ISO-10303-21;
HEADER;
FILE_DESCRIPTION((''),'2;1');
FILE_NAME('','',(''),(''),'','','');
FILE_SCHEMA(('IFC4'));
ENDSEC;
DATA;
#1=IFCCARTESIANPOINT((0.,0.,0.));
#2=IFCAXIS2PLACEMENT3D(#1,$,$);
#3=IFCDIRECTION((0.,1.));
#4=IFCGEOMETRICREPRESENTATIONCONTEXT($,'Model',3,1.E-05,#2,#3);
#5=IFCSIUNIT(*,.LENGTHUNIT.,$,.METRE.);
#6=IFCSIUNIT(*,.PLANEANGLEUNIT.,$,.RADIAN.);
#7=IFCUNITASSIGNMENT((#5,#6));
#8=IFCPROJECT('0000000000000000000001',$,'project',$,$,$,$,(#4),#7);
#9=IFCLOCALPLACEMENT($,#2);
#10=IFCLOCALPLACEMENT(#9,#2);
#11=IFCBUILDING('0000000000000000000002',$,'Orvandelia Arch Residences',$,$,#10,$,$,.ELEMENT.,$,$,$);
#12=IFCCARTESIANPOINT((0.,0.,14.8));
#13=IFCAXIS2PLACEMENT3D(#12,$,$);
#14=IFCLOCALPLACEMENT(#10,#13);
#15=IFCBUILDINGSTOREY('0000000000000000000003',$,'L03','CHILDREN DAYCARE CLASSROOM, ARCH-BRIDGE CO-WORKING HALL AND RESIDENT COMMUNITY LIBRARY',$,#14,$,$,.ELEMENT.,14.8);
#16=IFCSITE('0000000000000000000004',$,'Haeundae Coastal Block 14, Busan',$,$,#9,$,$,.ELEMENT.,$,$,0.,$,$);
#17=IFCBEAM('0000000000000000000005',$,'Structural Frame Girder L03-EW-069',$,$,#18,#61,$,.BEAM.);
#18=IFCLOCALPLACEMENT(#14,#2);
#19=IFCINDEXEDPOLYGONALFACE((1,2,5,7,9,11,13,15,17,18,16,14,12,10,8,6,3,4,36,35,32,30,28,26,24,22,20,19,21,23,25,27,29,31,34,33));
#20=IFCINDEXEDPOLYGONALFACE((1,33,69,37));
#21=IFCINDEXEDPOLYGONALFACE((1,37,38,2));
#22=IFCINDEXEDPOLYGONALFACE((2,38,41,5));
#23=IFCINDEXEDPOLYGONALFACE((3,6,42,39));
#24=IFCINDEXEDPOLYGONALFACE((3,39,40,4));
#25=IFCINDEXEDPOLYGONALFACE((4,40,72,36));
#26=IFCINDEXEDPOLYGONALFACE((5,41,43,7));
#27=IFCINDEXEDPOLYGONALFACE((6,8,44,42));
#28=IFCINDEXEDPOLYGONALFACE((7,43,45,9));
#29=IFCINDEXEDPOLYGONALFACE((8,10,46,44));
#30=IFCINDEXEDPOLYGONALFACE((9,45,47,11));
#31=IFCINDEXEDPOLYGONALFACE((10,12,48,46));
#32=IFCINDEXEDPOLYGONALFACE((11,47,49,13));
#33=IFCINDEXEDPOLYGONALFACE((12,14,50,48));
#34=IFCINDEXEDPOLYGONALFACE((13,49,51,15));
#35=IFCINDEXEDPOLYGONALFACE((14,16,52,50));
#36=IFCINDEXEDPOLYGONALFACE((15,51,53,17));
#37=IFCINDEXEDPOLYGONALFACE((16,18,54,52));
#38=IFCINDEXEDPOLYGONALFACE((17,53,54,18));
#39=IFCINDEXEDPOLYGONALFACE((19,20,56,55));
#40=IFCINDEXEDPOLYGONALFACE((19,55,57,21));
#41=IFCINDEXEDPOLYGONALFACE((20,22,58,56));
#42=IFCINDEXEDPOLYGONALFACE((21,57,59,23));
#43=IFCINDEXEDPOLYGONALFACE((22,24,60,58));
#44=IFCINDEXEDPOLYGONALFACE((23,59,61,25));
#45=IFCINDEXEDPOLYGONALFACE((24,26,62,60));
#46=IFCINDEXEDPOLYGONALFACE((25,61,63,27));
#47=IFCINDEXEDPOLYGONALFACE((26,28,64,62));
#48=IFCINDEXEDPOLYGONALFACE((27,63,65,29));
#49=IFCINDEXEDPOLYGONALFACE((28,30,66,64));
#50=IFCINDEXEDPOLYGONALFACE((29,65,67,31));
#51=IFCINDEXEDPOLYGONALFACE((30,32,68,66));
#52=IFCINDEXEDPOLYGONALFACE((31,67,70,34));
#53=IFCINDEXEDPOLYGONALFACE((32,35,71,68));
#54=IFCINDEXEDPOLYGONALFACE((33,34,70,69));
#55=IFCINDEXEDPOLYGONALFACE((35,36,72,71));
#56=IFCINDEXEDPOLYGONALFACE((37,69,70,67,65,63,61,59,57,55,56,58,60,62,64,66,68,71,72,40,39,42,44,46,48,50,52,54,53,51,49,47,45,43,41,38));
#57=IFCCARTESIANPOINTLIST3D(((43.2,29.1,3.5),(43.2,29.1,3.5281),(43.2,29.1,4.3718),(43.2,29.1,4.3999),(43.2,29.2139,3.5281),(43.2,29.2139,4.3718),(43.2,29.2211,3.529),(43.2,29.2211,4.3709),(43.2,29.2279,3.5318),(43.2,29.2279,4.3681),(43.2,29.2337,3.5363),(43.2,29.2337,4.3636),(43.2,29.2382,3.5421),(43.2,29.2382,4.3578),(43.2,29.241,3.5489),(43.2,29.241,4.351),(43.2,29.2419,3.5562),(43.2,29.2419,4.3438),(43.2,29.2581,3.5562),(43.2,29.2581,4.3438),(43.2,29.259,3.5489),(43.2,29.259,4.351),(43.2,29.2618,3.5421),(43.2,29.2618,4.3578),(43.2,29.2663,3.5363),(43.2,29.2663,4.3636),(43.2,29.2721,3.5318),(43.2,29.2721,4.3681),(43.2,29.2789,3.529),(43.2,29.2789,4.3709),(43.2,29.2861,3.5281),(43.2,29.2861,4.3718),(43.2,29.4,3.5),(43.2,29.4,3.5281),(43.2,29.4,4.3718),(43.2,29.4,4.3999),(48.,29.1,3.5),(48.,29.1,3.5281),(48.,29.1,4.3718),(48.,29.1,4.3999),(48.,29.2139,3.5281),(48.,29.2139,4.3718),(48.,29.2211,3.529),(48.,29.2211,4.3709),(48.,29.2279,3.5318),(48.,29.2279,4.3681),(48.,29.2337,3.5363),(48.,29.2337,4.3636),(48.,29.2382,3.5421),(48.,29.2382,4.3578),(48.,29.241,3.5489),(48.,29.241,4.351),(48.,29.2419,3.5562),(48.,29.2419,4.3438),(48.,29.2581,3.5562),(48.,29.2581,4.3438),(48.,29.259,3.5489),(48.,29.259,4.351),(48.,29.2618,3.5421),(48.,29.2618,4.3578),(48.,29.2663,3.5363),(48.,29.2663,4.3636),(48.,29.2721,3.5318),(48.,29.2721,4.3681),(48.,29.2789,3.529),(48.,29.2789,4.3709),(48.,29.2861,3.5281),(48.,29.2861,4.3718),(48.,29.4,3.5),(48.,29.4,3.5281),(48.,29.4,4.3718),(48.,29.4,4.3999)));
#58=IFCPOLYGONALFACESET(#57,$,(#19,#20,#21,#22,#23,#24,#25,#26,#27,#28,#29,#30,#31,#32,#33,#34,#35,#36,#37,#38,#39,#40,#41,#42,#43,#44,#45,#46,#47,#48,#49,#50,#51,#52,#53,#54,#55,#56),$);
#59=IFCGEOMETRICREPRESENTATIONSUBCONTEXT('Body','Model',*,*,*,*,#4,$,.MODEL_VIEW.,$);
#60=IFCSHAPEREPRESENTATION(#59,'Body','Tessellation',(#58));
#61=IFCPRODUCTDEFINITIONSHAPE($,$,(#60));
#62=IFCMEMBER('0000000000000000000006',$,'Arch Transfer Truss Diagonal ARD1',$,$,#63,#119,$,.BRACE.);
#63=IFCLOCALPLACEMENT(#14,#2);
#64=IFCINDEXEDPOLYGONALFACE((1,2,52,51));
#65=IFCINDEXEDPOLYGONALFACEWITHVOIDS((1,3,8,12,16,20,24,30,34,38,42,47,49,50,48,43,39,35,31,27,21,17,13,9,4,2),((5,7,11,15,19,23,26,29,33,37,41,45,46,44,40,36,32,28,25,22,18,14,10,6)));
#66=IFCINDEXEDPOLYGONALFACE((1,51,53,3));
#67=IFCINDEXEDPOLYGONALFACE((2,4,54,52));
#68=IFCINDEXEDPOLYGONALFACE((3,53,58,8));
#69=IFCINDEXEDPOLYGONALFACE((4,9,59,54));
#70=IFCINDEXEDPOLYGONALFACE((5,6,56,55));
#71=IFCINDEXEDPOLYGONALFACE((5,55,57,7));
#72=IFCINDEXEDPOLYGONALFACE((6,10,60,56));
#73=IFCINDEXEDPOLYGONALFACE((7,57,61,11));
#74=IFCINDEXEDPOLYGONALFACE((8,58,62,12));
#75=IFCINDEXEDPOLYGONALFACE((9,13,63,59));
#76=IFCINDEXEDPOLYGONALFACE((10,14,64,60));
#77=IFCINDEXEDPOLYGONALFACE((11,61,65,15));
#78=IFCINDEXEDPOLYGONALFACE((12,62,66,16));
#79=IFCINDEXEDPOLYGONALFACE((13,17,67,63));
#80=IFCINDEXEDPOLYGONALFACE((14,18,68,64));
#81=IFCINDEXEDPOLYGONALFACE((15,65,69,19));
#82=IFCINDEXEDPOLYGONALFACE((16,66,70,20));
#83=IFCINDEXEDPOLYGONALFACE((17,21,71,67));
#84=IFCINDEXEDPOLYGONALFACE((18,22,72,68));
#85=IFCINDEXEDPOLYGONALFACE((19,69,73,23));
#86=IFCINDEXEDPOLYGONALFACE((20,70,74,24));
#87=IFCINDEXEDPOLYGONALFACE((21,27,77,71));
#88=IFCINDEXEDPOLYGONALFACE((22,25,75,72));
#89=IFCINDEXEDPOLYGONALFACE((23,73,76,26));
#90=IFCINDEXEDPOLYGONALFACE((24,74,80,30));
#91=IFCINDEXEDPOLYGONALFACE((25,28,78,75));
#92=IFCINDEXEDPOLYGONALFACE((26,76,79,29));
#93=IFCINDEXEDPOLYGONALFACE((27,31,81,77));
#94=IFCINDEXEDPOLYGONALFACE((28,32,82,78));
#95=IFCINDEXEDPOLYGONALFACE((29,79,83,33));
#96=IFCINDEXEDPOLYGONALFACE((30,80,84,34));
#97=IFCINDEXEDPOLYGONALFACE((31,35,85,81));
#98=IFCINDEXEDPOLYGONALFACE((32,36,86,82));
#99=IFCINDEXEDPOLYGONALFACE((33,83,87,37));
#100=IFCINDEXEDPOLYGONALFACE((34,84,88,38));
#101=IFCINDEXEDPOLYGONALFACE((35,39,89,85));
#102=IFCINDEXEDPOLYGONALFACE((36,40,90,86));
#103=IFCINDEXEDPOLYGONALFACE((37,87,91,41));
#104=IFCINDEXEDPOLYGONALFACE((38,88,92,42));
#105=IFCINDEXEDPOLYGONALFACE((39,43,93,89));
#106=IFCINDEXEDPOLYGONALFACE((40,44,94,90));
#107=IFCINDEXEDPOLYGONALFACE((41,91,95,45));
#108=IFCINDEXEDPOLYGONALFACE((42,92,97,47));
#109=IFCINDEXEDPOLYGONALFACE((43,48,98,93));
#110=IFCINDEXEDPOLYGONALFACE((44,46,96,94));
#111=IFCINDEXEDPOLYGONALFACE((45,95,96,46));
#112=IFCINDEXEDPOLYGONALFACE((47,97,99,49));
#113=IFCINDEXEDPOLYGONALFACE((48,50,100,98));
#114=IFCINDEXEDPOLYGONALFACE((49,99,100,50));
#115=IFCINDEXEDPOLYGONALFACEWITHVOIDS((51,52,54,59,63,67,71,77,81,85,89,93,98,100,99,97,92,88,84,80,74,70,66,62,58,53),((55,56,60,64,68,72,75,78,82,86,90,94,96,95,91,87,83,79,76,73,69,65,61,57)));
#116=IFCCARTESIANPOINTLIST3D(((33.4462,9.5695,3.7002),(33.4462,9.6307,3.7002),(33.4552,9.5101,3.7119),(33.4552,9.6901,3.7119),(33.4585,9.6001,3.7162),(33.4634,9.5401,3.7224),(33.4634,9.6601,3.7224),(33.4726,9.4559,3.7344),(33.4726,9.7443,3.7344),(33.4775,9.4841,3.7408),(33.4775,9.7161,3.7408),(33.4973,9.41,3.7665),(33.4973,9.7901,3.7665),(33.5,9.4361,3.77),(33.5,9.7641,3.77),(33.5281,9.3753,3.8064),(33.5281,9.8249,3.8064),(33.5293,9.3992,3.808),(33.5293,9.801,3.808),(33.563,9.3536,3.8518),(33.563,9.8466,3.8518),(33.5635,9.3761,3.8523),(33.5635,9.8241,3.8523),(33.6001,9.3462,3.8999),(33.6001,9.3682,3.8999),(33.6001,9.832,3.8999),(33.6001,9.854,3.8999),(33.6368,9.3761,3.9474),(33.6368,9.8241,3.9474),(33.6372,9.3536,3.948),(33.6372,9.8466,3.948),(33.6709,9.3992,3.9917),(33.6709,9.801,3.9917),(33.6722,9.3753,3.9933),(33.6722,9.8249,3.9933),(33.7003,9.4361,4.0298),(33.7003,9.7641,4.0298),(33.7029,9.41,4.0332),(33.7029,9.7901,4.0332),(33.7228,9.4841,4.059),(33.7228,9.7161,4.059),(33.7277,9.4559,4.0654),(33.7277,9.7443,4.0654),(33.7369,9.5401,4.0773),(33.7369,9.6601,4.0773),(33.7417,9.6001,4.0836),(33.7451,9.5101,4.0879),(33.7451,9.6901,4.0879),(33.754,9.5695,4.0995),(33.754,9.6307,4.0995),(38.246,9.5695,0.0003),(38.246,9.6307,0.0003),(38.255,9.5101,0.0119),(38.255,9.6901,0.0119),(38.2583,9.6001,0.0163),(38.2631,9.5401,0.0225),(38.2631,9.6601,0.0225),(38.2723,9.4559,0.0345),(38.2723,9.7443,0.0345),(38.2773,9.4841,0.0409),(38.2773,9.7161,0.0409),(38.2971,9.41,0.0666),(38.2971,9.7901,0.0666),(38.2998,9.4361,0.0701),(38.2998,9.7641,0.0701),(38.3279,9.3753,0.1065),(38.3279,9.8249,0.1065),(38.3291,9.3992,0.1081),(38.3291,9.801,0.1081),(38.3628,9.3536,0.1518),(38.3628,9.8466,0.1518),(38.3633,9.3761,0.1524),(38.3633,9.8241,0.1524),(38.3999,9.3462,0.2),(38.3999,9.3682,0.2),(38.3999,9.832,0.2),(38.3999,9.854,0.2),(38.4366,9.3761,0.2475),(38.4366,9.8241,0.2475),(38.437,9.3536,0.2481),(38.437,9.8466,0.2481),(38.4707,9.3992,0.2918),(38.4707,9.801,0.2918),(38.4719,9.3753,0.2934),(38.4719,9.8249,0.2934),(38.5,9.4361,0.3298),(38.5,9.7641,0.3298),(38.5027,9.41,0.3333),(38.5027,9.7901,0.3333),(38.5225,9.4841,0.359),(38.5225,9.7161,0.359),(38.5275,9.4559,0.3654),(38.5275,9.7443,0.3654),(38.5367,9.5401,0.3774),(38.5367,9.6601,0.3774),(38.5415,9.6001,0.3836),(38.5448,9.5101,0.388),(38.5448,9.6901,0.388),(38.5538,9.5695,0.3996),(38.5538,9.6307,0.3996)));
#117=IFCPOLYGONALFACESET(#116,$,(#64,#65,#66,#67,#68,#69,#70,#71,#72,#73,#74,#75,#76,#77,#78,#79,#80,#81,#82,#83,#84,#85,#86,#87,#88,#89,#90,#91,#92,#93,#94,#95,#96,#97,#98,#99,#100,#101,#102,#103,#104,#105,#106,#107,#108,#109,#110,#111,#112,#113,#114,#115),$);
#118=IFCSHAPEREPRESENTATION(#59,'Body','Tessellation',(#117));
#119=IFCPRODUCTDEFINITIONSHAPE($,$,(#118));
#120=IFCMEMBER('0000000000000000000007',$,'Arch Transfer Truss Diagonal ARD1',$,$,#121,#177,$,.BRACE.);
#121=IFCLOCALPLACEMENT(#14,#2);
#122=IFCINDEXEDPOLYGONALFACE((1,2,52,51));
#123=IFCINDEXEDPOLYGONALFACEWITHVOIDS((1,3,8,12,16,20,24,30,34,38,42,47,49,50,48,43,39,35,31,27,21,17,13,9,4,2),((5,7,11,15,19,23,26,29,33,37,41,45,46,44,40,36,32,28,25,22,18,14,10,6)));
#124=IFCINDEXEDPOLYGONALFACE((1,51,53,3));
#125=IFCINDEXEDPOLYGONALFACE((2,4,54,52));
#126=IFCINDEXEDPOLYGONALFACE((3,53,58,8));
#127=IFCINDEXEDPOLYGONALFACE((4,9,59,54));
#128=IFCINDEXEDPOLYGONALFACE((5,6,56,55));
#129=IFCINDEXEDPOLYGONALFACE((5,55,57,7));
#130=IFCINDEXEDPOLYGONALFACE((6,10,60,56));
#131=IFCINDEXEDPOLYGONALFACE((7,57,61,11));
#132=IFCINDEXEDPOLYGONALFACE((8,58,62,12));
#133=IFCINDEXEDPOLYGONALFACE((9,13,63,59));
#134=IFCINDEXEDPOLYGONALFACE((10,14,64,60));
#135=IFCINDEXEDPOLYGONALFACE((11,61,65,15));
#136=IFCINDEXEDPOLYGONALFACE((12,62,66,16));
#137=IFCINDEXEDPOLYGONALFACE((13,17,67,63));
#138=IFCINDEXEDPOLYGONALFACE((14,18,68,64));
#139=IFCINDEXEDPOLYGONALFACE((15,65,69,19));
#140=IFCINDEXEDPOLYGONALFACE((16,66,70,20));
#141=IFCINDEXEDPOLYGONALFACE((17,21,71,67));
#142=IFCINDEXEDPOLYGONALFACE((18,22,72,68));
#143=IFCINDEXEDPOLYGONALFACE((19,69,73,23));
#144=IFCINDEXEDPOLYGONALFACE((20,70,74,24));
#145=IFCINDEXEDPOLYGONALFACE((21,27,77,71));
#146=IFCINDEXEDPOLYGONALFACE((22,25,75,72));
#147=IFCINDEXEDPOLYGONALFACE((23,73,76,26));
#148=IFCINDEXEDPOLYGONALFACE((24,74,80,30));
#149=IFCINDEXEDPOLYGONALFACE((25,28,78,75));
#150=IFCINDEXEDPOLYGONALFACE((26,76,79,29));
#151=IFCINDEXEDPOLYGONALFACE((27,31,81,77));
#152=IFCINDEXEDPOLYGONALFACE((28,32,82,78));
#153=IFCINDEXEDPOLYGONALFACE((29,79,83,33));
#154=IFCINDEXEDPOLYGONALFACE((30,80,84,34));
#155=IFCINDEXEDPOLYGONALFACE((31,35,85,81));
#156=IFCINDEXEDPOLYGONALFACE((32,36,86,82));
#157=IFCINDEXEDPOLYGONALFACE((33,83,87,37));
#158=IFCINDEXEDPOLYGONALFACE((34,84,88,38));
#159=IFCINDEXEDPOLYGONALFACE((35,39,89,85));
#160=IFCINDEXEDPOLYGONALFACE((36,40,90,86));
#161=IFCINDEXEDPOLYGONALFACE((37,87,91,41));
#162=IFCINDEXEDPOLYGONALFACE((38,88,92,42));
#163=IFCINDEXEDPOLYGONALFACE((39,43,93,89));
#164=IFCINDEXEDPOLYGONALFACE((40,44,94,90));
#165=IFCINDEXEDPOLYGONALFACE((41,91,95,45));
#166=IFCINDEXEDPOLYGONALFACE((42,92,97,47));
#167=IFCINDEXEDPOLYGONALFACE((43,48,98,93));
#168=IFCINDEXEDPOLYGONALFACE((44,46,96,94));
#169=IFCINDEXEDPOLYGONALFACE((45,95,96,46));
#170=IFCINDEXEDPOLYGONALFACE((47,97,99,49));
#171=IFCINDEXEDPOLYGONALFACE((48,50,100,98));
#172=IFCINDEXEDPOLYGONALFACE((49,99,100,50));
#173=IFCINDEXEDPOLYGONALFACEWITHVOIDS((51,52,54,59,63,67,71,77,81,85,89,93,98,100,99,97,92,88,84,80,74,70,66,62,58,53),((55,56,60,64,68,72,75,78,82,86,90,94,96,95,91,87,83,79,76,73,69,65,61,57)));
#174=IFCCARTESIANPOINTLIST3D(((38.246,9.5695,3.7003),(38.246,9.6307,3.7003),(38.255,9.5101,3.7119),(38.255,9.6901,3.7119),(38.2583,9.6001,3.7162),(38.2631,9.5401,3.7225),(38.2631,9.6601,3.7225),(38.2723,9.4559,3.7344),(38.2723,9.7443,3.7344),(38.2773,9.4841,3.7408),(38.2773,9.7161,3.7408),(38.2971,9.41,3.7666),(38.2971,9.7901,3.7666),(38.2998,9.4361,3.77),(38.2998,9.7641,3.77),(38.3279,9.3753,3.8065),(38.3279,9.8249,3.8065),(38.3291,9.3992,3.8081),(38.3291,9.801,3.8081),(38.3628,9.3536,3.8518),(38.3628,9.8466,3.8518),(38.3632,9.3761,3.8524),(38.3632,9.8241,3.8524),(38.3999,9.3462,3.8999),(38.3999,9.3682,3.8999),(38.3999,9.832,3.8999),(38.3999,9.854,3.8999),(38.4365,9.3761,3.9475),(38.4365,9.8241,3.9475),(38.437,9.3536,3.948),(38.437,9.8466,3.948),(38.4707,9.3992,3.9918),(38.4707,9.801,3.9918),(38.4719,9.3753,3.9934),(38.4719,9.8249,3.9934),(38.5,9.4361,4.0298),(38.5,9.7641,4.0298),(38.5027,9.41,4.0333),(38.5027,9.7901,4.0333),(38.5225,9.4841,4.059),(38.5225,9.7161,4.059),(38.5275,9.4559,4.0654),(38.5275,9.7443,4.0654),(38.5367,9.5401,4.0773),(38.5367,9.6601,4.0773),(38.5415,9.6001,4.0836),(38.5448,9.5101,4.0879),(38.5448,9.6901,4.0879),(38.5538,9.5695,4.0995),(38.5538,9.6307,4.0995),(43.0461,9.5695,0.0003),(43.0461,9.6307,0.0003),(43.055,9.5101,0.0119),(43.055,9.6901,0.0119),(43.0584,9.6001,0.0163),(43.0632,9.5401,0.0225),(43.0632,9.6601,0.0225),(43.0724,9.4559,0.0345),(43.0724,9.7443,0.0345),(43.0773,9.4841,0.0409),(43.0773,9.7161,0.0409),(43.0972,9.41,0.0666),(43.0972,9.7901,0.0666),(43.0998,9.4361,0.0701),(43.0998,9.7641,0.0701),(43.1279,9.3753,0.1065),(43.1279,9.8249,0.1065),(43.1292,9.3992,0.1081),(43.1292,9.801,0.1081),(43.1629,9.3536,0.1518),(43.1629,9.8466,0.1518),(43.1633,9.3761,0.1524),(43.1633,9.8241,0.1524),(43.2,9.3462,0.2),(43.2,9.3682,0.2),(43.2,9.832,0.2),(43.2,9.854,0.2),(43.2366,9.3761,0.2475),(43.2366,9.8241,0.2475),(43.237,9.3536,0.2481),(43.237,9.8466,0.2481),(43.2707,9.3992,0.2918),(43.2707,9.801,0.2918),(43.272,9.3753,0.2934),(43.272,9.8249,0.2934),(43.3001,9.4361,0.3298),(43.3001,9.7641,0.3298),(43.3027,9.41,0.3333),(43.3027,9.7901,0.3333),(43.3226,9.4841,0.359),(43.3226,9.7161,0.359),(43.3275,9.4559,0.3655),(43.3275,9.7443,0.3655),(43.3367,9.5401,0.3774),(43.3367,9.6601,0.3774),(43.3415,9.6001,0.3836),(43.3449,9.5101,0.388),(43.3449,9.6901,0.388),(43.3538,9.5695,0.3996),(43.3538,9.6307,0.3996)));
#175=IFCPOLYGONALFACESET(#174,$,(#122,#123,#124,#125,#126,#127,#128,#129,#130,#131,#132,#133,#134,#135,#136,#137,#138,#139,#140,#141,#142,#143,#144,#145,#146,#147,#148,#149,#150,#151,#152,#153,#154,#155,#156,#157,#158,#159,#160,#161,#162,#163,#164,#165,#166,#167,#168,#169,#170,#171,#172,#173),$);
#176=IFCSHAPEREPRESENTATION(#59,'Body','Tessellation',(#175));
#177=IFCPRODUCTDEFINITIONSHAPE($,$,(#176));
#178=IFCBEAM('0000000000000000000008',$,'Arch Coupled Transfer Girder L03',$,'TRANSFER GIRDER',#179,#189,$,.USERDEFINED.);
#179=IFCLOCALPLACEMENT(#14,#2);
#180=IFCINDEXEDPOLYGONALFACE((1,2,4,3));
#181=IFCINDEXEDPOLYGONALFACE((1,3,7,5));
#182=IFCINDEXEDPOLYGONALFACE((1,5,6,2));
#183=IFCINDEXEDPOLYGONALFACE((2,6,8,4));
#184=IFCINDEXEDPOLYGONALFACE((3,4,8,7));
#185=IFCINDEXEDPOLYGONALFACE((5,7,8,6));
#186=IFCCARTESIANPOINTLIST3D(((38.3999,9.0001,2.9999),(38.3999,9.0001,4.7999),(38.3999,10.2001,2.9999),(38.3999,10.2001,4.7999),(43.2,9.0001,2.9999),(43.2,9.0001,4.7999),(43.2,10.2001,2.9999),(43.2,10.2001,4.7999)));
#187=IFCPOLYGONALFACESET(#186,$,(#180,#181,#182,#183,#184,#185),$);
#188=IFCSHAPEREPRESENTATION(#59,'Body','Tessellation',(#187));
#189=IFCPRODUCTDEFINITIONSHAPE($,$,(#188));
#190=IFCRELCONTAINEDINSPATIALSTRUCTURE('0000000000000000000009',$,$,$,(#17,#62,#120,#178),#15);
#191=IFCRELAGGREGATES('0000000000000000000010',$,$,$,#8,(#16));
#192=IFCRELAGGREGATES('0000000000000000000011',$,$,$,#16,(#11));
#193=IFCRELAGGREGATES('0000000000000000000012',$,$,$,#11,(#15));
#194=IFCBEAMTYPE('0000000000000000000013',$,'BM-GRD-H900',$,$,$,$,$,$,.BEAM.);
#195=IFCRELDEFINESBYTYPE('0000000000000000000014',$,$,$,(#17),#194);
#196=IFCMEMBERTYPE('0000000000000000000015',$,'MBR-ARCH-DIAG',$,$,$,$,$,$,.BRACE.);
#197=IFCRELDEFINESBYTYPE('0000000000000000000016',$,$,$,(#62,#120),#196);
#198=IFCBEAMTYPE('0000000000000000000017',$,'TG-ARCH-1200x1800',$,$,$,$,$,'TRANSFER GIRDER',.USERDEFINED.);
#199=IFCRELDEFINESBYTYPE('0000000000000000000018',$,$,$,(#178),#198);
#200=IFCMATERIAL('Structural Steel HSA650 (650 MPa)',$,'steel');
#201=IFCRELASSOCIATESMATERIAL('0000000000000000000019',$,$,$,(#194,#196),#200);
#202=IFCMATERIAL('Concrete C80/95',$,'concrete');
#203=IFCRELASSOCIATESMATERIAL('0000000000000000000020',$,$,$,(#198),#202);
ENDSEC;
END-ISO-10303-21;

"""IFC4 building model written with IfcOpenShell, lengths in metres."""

from ifc_helpers import new_model, si_unit, direction, frame, origin, origin_2d, place, context, subcontext, project, spatial, rectangle, hollow_circle, i_section, extrude, material, material_profile, profile_set, type_object, element, save


model = new_model("IFC4")

# Units and contexts
model_context = context("Model", 3, precision=1e-05, world=origin(), true_north=direction((0.0, 1.0)))
body_context = subcontext(model_context, "Body", "Model", "MODEL_VIEW")
ifc_project = project(units=[si_unit("LENGTHUNIT", "METRE"), si_unit("PLANEANGLEUNIT", "RADIAN")], contexts=[model_context])

# Site, building, storey
site_placement = place(None, origin())
site = spatial("IfcSite", under=ifc_project, at=site_placement, Name="Haeundae Coastal Block 14, Busan", CompositionType="ELEMENT", RefElevation=0.0)
building_placement = place(site_placement, origin())
building = spatial("IfcBuilding", under=site, at=building_placement, Name="Orvandelia Arch Residences", CompositionType="ELEMENT")
storey_placement = place(building_placement, frame((0.0, 0.0, 14.8)))
storey = spatial("IfcBuildingStorey", under=building, at=storey_placement, Name="L03", Description="CHILDREN DAYCARE CLASSROOM, ARCH-BRIDGE CO-WORKING HALL AND RESIDENT COMMUNITY LIBRARY", CompositionType="ELEMENT", Elevation=14.8)

# Shared definitions
ifc_material_1 = material(Name="Concrete C80/95", Category="concrete")
ifc_material_2 = material(Name="Structural Steel HSA650 (650 MPa)", Category="steel")

# Beam
ifc_material_profile_1 = material_profile(ifc_material_2, i_section(OverallWidth=0.3, OverallDepth=0.8999, WebThickness=0.0161, FlangeThickness=0.0281, FilletRadius=0.0281, at=origin_2d()), Name="Structural Steel HSA650 (650 MPa)", Category="steel")
ifc_profile_set_1 = profile_set([ifc_material_profile_1], Name="Structural Steel HSA650 (650 MPa)")
beam_type_1 = type_object("IfcBeamType", Name="BM-GRD-H900", PredefinedType="BEAM", material=ifc_profile_set_1)
beam_1_placement = place(storey_placement, frame((43.2, 29.25, 3.95), z_axis=(1.0, 0.0, 0.0), x_axis=(0.0, 1.0, 0.0)))
element("IfcBeam", 1, at=beam_1_placement, inside=storey, type_object=beam_type_1, Name="Structural Frame Girder L03-EW-069", PredefinedType="BEAM", context=body_context, shape_type="SweptSolid", body=[
    extrude(i_section(OverallWidth=0.3, OverallDepth=0.8999, WebThickness=0.0161, FlangeThickness=0.0281, FilletRadius=0.0281, at=origin_2d()), origin(), (0.0, 0.0, 1.0), 4.8),
])

# Members
ifc_material_profile_2 = material_profile(ifc_material_2, hollow_circle(Radius=0.2539, WallThickness=0.022, at=origin_2d()), Name="Structural Steel HSA650 (650 MPa)", Category="steel")
ifc_profile_set_2 = profile_set([ifc_material_profile_2], Name="Structural Steel HSA650 (650 MPa)")
member_type = type_object("IfcMemberType", Name="MBR-ARCH-DIAG", PredefinedType="BRACE", material=ifc_profile_set_2)
member_1_placement = place(storey_placement, frame((38.3999, 9.6001, 0.2), z_axis=(-0.792002, 0.0, 0.610518), x_axis=(0.0, -1.0, 0.0)))
element("IfcMember", 2, at=member_1_placement, inside=storey, type_object=member_type, Name="Arch Transfer Truss Diagonal ARD1", PredefinedType="BRACE", context=body_context, shape_type="SweptSolid", body=[
    extrude(hollow_circle(Radius=0.2539, WallThickness=0.022, at=origin_2d()), origin(), (0.0, 0.0, 1.0), 6.0603),
])
member_2_placement = place(storey_placement, frame((43.2, 9.6001, 0.2), z_axis=(-0.792017, 0.0, 0.610499), x_axis=(0.0, -1.0, 0.0)))
element("IfcMember", 3, at=member_2_placement, inside=storey, type_object=member_type, Name="Arch Transfer Truss Diagonal ARD1", PredefinedType="BRACE", context=body_context, shape_type="SweptSolid", body=[
    extrude(hollow_circle(Radius=0.2539, WallThickness=0.022, at=origin_2d()), origin(), (0.0, 0.0, 1.0), 6.0605),
])

# Beam
ifc_material_profile_3 = material_profile(ifc_material_1, rectangle(XDim=1.2, YDim=1.8, at=origin_2d()), Name="Concrete C80/95", Category="concrete")
ifc_profile_set_3 = profile_set([ifc_material_profile_3], Name="Concrete C80/95")
beam_type_2 = type_object("IfcBeamType", Name="TG-ARCH-1200x1800", ElementType="TRANSFER GIRDER", PredefinedType="USERDEFINED", material=ifc_profile_set_3)
for number, where, z_axis, x_axis, name in (
    (4, (38.3999, 9.6001, 3.8999), (1.0, 0.0, 0.0), (0.0, 1.0, 0.0), "Arch Coupled Transfer Girder L03"),
):
    element("IfcBeam", number, at=place(storey_placement, frame(where, z_axis=z_axis, x_axis=x_axis)), inside=storey, type_object=beam_type_2, Name=name, ObjectType="TRANSFER GIRDER", PredefinedType="USERDEFINED", context=body_context, shape_type="SweptSolid", body=[
        extrude(rectangle(XDim=1.2, YDim=1.8, at=origin_2d()), origin(), (0.0, 0.0, 1.0), 4.8),
    ])

save(model, "model.ifc")
